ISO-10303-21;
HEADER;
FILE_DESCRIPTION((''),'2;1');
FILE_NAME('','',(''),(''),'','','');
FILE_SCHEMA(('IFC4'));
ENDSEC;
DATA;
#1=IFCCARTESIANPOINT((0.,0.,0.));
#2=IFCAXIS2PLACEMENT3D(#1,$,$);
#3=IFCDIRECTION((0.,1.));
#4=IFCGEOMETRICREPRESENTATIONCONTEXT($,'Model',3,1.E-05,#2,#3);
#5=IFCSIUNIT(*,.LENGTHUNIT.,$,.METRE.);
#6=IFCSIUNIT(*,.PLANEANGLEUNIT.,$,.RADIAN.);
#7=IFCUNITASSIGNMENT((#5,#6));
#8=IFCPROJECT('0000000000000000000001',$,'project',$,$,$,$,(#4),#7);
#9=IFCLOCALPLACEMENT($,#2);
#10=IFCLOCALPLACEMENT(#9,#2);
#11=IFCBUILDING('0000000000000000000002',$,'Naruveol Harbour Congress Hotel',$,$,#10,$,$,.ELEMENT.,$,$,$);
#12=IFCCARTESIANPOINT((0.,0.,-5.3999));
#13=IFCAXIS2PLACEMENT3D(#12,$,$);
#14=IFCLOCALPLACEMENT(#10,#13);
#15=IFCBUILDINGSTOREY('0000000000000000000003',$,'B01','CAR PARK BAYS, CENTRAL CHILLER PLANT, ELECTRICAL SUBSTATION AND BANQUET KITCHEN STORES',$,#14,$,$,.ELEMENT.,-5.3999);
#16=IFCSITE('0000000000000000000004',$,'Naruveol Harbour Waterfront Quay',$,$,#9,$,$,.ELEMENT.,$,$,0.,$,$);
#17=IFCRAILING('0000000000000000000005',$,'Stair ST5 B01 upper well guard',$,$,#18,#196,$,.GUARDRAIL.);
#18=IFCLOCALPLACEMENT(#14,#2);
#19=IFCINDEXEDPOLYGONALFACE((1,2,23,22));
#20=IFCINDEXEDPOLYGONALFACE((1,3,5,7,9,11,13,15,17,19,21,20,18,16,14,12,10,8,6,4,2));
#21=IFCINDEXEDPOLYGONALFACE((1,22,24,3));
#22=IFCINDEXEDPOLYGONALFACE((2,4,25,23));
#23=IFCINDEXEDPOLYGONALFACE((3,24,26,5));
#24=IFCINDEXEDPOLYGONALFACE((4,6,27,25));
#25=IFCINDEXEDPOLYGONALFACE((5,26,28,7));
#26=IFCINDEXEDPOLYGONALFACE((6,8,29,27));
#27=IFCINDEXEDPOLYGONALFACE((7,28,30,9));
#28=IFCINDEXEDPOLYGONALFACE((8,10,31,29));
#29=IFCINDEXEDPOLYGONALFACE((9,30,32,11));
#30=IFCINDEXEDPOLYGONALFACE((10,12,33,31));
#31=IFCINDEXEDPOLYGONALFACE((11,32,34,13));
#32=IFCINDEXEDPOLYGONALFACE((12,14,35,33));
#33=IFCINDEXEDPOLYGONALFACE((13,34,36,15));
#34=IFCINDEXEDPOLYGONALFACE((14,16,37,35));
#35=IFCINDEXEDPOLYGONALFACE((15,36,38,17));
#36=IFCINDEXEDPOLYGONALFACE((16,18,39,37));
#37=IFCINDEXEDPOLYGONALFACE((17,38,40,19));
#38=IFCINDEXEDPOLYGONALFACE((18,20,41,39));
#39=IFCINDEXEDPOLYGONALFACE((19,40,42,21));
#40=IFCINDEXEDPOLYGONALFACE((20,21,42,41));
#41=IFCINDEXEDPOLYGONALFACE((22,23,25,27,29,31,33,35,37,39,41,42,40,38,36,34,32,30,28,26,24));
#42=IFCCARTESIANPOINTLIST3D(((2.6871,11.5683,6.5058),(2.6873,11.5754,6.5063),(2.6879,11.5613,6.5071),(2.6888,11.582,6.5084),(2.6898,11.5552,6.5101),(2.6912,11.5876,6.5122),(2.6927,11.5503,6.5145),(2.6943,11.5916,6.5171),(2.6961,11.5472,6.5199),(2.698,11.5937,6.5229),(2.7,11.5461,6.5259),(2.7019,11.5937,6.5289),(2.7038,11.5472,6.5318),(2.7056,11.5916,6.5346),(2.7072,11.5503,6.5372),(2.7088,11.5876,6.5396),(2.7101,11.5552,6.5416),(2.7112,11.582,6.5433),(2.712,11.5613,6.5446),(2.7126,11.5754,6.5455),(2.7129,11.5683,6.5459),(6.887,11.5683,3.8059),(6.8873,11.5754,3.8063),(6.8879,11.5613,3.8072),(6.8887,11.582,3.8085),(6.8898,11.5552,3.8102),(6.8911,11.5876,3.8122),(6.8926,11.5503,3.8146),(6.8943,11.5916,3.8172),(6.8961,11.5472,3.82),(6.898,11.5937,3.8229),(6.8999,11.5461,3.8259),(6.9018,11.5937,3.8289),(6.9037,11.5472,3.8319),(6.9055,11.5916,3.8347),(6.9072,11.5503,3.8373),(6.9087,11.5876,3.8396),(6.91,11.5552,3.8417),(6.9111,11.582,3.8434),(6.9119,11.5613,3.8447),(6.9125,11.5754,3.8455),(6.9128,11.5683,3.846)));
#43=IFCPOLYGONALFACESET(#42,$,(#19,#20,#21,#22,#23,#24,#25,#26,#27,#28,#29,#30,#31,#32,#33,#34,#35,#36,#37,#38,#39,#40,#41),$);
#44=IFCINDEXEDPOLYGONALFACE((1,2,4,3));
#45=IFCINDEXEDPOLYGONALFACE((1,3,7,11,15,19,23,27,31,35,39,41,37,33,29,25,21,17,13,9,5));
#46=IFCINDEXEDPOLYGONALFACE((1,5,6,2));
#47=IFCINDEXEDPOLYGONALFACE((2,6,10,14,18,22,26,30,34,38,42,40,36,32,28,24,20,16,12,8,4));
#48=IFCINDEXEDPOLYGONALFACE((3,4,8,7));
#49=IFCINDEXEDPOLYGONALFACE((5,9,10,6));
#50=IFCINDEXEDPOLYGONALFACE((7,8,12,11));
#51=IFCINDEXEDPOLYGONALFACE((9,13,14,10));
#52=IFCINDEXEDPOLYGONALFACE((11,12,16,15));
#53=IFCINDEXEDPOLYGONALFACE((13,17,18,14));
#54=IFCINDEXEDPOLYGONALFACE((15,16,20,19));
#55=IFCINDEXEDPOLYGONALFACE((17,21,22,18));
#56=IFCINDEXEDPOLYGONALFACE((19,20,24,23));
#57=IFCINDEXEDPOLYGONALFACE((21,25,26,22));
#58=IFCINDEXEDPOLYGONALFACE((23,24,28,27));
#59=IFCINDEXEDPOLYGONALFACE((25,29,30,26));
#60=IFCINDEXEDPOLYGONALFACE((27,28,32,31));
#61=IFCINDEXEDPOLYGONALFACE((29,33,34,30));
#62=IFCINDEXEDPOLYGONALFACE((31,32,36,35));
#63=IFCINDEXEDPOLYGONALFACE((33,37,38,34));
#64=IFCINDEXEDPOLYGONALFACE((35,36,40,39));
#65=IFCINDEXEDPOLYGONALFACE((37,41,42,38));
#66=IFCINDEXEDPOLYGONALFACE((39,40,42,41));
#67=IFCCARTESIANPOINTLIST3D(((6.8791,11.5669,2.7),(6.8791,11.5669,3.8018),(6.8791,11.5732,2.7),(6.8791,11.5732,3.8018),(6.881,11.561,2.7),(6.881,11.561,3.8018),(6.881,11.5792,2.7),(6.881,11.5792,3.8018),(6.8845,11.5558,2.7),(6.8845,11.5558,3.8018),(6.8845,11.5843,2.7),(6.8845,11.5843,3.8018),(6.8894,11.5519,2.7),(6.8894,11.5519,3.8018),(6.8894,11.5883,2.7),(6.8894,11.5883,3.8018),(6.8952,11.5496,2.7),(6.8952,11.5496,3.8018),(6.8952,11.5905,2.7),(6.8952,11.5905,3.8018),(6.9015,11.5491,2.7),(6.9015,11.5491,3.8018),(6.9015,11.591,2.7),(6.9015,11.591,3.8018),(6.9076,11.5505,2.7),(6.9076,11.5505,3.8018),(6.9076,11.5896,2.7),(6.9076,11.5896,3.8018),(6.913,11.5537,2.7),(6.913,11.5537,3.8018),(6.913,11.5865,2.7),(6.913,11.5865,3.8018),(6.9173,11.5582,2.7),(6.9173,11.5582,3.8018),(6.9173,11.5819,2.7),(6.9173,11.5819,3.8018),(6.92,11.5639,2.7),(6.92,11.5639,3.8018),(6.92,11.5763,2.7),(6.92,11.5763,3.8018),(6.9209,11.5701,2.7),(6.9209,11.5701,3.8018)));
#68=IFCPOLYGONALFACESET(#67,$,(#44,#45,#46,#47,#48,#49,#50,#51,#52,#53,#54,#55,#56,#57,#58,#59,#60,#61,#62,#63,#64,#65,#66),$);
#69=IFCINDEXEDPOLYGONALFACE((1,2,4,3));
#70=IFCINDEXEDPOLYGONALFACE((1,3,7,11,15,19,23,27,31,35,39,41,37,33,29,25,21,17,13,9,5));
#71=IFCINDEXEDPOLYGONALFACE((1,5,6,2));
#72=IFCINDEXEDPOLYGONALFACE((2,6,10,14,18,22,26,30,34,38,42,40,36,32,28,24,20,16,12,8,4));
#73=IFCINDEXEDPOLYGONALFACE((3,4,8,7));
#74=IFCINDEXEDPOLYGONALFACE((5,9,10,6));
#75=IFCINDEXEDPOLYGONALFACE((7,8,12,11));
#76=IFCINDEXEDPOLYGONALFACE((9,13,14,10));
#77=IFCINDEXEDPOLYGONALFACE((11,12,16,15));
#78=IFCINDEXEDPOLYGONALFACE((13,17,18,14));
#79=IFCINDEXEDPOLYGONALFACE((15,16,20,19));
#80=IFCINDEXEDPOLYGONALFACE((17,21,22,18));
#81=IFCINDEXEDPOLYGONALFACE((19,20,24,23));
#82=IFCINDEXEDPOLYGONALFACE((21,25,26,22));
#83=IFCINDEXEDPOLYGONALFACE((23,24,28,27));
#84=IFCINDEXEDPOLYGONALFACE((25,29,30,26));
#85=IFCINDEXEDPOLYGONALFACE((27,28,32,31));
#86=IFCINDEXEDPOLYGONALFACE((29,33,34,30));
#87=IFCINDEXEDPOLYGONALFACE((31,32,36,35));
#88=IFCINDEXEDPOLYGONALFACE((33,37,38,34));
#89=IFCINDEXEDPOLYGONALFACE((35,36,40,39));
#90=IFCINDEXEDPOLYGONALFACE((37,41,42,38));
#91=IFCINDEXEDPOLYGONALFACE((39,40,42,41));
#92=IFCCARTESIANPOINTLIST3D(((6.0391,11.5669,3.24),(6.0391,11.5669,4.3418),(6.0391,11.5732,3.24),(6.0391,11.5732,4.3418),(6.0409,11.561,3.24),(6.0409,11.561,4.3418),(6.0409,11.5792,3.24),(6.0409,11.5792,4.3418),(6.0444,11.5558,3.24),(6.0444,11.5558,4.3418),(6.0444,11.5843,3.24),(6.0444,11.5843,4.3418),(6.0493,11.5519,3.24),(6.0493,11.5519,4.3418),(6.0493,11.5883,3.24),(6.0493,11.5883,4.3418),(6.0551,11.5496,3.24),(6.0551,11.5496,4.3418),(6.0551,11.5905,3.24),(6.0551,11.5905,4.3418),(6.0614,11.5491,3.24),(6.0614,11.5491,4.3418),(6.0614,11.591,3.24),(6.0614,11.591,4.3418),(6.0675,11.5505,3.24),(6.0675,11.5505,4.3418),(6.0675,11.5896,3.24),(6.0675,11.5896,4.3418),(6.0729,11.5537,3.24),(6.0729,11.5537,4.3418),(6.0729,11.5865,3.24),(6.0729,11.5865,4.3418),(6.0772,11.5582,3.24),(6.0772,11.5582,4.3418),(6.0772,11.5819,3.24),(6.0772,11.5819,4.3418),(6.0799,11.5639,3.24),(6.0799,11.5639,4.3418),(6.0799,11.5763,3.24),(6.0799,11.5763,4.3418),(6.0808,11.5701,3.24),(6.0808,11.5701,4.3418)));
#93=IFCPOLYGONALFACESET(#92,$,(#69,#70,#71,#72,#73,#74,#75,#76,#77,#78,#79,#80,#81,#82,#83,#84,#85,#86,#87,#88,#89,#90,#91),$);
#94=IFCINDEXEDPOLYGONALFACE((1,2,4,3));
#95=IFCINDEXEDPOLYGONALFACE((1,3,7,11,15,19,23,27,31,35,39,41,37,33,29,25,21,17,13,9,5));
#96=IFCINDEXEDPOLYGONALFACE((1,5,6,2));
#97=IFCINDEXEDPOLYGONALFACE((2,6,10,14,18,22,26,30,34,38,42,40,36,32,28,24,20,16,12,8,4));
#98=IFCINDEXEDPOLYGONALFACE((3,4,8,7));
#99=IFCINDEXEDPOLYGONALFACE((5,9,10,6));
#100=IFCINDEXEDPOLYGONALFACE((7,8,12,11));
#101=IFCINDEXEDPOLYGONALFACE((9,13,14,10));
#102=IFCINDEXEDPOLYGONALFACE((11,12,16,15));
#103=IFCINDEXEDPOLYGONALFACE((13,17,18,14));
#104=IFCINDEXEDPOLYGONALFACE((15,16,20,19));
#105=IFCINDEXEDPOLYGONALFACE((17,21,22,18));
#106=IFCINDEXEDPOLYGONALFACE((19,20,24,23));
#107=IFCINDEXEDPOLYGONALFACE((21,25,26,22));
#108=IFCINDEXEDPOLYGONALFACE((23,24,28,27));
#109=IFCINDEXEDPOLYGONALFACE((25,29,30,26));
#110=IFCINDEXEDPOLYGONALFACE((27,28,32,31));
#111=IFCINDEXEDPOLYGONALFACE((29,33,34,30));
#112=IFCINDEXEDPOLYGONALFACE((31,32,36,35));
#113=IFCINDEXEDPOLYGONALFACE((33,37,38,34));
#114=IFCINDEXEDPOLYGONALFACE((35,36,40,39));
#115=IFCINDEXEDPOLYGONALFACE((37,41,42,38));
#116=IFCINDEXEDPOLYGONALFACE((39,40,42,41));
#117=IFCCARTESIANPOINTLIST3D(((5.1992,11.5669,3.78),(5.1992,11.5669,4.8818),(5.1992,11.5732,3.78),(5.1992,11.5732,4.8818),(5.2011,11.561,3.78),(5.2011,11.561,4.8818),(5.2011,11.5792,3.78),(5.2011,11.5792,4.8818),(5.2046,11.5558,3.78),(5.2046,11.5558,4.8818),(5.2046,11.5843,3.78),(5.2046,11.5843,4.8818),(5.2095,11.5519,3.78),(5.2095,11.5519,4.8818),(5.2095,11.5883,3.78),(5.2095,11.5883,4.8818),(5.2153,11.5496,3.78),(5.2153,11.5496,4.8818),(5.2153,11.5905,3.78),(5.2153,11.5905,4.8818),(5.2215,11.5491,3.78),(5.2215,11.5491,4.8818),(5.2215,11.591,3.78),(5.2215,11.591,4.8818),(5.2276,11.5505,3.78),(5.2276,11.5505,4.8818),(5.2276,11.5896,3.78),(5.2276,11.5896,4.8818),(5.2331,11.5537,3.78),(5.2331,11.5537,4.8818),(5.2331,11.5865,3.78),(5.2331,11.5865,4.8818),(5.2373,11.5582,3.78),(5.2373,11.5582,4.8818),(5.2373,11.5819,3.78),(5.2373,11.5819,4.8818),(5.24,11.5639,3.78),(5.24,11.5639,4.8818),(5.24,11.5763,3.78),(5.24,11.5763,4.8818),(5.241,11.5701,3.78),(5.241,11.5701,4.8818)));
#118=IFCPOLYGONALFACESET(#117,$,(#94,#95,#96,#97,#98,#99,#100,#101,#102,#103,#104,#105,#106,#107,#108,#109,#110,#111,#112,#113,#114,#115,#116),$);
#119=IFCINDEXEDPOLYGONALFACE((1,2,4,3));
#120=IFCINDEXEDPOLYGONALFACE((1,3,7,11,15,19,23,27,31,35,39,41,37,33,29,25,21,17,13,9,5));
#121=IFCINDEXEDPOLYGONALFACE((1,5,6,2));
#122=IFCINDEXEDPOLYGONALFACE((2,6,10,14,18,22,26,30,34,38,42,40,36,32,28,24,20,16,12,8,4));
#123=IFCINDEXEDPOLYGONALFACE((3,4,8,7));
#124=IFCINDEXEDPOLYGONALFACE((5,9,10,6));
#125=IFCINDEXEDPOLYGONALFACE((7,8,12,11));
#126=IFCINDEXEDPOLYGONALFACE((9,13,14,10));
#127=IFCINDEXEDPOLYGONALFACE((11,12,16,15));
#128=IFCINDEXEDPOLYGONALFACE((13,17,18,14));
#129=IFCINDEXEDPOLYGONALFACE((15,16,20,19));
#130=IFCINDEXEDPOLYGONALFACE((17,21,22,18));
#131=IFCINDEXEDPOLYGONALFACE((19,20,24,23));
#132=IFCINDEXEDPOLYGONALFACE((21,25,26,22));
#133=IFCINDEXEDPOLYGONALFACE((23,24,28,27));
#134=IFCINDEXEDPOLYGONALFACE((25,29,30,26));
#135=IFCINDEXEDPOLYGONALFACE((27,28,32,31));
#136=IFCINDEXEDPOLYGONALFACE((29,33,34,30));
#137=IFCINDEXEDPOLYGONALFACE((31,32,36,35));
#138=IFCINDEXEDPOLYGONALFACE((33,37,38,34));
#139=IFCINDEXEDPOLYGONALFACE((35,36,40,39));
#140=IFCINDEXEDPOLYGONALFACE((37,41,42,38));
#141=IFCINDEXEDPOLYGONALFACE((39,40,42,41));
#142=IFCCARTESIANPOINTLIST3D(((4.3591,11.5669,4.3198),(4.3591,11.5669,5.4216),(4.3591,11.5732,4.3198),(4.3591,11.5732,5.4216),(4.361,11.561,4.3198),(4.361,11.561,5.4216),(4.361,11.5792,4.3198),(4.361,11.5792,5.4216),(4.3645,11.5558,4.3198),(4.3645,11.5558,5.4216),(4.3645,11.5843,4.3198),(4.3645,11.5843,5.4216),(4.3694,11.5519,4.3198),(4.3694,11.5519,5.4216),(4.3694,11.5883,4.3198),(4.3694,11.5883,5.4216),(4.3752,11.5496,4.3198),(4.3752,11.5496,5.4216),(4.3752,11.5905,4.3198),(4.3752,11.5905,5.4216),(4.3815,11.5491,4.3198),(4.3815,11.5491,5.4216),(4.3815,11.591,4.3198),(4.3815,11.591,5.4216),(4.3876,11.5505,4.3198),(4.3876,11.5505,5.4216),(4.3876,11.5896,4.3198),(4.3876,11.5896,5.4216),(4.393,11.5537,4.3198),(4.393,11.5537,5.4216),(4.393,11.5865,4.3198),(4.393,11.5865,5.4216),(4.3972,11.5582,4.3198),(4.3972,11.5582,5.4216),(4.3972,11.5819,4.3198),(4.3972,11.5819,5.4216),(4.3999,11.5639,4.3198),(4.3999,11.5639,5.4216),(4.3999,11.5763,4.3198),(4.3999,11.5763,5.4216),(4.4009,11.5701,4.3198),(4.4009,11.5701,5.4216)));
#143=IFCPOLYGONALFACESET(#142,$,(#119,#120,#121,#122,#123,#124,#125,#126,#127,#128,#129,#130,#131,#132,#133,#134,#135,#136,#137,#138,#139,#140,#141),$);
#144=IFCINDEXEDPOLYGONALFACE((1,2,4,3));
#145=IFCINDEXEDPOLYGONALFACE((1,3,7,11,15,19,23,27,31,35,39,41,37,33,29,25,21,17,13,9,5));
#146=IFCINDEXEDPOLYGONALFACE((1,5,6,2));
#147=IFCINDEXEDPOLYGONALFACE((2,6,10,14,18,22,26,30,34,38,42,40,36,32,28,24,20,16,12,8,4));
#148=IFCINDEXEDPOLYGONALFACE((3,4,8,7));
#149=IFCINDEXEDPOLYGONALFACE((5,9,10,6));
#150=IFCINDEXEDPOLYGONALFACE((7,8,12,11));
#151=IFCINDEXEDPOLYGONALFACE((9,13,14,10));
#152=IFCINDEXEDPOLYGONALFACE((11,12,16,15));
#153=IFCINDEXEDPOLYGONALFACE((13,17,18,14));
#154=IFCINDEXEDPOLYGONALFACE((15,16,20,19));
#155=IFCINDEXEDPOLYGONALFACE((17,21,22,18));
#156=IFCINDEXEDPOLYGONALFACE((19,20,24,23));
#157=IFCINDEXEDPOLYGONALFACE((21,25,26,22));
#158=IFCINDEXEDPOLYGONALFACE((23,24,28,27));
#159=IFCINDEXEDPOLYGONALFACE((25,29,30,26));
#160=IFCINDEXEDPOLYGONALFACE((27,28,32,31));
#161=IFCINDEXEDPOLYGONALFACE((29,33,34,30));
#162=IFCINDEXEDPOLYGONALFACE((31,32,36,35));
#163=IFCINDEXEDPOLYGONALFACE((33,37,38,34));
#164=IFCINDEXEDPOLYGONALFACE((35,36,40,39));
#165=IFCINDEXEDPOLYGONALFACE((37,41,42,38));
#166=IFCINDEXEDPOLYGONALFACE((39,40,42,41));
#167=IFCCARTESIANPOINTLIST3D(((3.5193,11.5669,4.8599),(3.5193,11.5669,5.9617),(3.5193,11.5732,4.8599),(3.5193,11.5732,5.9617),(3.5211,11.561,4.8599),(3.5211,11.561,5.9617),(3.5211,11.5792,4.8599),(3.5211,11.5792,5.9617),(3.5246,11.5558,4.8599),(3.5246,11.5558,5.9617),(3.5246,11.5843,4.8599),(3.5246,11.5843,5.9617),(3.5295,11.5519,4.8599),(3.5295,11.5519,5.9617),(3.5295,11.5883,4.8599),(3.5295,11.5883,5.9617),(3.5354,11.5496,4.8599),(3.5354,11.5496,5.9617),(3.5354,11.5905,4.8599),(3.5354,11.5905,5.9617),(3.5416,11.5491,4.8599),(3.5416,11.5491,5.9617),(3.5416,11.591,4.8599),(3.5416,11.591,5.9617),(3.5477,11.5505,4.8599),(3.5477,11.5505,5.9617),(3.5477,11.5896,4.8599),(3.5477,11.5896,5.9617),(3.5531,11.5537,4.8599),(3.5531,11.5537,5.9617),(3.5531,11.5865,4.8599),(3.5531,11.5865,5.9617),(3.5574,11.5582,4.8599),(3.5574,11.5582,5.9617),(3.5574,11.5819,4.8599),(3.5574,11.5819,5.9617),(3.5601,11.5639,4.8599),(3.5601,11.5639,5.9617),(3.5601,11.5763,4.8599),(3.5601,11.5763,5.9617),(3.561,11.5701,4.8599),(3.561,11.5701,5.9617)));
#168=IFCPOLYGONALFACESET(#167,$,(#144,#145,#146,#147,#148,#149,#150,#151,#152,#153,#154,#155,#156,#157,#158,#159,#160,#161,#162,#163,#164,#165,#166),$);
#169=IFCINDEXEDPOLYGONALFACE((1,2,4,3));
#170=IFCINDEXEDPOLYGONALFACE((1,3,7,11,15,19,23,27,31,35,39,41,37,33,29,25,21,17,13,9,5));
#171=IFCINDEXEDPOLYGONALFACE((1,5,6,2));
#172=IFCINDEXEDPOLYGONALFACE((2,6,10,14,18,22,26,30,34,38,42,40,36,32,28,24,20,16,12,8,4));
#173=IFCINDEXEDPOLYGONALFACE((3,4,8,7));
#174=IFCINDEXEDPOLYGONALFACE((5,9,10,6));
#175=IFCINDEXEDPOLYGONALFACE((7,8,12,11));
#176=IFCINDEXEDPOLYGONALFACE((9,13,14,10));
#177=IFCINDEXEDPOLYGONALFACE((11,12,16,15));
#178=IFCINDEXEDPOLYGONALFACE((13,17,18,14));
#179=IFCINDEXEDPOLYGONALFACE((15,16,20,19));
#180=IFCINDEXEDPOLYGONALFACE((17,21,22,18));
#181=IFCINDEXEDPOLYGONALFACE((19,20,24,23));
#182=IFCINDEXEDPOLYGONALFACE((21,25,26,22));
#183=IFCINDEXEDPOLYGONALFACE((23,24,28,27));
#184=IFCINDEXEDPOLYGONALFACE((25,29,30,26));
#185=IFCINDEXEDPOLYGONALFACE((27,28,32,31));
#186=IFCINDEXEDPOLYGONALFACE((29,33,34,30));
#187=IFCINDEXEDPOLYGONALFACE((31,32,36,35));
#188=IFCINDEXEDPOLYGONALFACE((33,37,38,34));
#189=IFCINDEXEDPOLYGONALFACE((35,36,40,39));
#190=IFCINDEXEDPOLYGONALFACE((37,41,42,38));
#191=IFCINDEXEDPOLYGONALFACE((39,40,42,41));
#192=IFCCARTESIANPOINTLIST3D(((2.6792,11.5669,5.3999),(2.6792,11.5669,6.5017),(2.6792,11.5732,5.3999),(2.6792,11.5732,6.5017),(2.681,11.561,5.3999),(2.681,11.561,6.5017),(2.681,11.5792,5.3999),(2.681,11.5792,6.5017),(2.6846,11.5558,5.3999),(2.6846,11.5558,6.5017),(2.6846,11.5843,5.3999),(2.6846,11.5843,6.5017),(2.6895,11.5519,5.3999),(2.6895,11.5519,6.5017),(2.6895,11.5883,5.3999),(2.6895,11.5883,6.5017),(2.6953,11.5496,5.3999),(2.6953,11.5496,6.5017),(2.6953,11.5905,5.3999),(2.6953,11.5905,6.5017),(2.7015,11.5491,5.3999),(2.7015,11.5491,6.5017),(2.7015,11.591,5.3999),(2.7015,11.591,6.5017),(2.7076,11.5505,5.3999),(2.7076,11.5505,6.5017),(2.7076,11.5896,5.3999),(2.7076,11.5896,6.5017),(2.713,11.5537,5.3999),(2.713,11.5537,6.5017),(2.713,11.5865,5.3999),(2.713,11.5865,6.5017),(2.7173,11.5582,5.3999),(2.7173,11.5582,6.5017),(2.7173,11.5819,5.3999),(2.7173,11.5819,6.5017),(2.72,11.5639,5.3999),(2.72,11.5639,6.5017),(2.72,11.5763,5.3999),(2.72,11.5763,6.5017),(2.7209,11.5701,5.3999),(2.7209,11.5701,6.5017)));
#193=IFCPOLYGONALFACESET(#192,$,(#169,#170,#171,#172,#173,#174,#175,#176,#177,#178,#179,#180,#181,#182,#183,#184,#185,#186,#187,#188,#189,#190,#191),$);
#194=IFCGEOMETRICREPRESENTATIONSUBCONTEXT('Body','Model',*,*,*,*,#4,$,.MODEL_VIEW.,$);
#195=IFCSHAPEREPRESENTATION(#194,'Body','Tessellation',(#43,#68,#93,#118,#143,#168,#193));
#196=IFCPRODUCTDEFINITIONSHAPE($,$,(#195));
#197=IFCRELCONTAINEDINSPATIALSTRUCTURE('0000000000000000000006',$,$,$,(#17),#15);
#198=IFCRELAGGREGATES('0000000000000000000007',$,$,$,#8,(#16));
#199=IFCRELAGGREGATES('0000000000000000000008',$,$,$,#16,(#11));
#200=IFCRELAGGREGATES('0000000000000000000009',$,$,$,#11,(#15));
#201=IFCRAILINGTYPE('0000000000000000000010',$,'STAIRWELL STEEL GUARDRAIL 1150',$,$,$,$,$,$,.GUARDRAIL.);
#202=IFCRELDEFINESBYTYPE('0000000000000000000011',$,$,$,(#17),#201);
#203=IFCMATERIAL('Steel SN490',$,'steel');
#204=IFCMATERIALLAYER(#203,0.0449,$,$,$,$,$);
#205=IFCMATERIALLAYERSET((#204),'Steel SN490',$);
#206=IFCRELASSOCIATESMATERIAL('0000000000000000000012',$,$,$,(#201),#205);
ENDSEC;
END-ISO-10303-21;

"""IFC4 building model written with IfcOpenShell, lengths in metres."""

from ifc_helpers import new_model, si_unit, direction, frame, origin, origin_2d, place, context, subcontext, project, spatial, circle, extrude, material, layer, layer_set, type_object, element, save


model = new_model("IFC4")

# Units and contexts
model_context = context("Model", 3, precision=1e-05, world=origin(), true_north=direction((0.0, 1.0)))
body_context = subcontext(model_context, "Body", "Model", "MODEL_VIEW")
ifc_project = project(units=[si_unit("LENGTHUNIT", "METRE"), si_unit("PLANEANGLEUNIT", "RADIAN")], contexts=[model_context])

# Site, building, storey
site_placement = place(None, origin())
site = spatial("IfcSite", under=ifc_project, at=site_placement, Name="Naruveol Harbour Waterfront Quay", CompositionType="ELEMENT", RefElevation=0.0)
building_placement = place(site_placement, origin())
building = spatial("IfcBuilding", under=site, at=building_placement, Name="Naruveol Harbour Congress Hotel", CompositionType="ELEMENT")
storey_placement = place(building_placement, frame((0.0, 0.0, -5.3999)))
storey = spatial("IfcBuildingStorey", under=building, at=storey_placement, Name="B01", Description="CAR PARK BAYS, CENTRAL CHILLER PLANT, ELECTRICAL SUBSTATION AND BANQUET KITCHEN STORES", CompositionType="ELEMENT", Elevation=-5.3999)

# Railing
ifc_material_1 = material(Name="Steel SN490", Category="steel")
ifc_layer_1 = layer(ifc_material_1, 0.0449)
ifc_layer_set_1 = layer_set([ifc_layer_1], Name="Steel SN490")
railing_type_1 = type_object("IfcRailingType", Name="STAIRWELL STEEL GUARDRAIL 1150", PredefinedType="GUARDRAIL", material=ifc_layer_set_1)
railing_1_placement = place(storey_placement, frame((6.8999, 11.5701, 2.7)))
element("IfcRailing", 1, at=railing_1_placement, inside=storey, type_object=railing_type_1, Name="Stair ST5 B01 upper well guard", PredefinedType="GUARDRAIL", context=body_context, shape_type="SweptSolid", body=[
    extrude(circle(Radius=0.0239, at=origin_2d()), frame((0.0, 0.0, 1.126), z_axis=(-0.84118, 0.0, 0.540755), x_axis=(0.0, -1.0, 0.0)), (0.0, 0.0, 1.0), 4.9929),
    extrude(circle(Radius=0.021, at=origin_2d()), origin(), (0.0, 0.0, 1.0), 1.1018),
    extrude(circle(Radius=0.021, at=origin_2d()), frame((-0.8401, 0.0, 0.54)), (0.0, 0.0, 1.0), 1.1018),
    extrude(circle(Radius=0.021, at=origin_2d()), frame((-1.6799, 0.0, 1.0801)), (0.0, 0.0, 1.0), 1.1018),
    extrude(circle(Radius=0.021, at=origin_2d()), frame((-2.52, 0.0, 1.6199)), (0.0, 0.0, 1.0), 1.1018),
    extrude(circle(Radius=0.021, at=origin_2d()), frame((-3.3599, 0.0, 2.1599)), (0.0, 0.0, 1.0), 1.1018),
    extrude(circle(Radius=0.021, at=origin_2d()), frame((-4.2, 0.0, 2.7)), (0.0, 0.0, 1.0), 1.1018),
])

save(model, "model.ifc")
